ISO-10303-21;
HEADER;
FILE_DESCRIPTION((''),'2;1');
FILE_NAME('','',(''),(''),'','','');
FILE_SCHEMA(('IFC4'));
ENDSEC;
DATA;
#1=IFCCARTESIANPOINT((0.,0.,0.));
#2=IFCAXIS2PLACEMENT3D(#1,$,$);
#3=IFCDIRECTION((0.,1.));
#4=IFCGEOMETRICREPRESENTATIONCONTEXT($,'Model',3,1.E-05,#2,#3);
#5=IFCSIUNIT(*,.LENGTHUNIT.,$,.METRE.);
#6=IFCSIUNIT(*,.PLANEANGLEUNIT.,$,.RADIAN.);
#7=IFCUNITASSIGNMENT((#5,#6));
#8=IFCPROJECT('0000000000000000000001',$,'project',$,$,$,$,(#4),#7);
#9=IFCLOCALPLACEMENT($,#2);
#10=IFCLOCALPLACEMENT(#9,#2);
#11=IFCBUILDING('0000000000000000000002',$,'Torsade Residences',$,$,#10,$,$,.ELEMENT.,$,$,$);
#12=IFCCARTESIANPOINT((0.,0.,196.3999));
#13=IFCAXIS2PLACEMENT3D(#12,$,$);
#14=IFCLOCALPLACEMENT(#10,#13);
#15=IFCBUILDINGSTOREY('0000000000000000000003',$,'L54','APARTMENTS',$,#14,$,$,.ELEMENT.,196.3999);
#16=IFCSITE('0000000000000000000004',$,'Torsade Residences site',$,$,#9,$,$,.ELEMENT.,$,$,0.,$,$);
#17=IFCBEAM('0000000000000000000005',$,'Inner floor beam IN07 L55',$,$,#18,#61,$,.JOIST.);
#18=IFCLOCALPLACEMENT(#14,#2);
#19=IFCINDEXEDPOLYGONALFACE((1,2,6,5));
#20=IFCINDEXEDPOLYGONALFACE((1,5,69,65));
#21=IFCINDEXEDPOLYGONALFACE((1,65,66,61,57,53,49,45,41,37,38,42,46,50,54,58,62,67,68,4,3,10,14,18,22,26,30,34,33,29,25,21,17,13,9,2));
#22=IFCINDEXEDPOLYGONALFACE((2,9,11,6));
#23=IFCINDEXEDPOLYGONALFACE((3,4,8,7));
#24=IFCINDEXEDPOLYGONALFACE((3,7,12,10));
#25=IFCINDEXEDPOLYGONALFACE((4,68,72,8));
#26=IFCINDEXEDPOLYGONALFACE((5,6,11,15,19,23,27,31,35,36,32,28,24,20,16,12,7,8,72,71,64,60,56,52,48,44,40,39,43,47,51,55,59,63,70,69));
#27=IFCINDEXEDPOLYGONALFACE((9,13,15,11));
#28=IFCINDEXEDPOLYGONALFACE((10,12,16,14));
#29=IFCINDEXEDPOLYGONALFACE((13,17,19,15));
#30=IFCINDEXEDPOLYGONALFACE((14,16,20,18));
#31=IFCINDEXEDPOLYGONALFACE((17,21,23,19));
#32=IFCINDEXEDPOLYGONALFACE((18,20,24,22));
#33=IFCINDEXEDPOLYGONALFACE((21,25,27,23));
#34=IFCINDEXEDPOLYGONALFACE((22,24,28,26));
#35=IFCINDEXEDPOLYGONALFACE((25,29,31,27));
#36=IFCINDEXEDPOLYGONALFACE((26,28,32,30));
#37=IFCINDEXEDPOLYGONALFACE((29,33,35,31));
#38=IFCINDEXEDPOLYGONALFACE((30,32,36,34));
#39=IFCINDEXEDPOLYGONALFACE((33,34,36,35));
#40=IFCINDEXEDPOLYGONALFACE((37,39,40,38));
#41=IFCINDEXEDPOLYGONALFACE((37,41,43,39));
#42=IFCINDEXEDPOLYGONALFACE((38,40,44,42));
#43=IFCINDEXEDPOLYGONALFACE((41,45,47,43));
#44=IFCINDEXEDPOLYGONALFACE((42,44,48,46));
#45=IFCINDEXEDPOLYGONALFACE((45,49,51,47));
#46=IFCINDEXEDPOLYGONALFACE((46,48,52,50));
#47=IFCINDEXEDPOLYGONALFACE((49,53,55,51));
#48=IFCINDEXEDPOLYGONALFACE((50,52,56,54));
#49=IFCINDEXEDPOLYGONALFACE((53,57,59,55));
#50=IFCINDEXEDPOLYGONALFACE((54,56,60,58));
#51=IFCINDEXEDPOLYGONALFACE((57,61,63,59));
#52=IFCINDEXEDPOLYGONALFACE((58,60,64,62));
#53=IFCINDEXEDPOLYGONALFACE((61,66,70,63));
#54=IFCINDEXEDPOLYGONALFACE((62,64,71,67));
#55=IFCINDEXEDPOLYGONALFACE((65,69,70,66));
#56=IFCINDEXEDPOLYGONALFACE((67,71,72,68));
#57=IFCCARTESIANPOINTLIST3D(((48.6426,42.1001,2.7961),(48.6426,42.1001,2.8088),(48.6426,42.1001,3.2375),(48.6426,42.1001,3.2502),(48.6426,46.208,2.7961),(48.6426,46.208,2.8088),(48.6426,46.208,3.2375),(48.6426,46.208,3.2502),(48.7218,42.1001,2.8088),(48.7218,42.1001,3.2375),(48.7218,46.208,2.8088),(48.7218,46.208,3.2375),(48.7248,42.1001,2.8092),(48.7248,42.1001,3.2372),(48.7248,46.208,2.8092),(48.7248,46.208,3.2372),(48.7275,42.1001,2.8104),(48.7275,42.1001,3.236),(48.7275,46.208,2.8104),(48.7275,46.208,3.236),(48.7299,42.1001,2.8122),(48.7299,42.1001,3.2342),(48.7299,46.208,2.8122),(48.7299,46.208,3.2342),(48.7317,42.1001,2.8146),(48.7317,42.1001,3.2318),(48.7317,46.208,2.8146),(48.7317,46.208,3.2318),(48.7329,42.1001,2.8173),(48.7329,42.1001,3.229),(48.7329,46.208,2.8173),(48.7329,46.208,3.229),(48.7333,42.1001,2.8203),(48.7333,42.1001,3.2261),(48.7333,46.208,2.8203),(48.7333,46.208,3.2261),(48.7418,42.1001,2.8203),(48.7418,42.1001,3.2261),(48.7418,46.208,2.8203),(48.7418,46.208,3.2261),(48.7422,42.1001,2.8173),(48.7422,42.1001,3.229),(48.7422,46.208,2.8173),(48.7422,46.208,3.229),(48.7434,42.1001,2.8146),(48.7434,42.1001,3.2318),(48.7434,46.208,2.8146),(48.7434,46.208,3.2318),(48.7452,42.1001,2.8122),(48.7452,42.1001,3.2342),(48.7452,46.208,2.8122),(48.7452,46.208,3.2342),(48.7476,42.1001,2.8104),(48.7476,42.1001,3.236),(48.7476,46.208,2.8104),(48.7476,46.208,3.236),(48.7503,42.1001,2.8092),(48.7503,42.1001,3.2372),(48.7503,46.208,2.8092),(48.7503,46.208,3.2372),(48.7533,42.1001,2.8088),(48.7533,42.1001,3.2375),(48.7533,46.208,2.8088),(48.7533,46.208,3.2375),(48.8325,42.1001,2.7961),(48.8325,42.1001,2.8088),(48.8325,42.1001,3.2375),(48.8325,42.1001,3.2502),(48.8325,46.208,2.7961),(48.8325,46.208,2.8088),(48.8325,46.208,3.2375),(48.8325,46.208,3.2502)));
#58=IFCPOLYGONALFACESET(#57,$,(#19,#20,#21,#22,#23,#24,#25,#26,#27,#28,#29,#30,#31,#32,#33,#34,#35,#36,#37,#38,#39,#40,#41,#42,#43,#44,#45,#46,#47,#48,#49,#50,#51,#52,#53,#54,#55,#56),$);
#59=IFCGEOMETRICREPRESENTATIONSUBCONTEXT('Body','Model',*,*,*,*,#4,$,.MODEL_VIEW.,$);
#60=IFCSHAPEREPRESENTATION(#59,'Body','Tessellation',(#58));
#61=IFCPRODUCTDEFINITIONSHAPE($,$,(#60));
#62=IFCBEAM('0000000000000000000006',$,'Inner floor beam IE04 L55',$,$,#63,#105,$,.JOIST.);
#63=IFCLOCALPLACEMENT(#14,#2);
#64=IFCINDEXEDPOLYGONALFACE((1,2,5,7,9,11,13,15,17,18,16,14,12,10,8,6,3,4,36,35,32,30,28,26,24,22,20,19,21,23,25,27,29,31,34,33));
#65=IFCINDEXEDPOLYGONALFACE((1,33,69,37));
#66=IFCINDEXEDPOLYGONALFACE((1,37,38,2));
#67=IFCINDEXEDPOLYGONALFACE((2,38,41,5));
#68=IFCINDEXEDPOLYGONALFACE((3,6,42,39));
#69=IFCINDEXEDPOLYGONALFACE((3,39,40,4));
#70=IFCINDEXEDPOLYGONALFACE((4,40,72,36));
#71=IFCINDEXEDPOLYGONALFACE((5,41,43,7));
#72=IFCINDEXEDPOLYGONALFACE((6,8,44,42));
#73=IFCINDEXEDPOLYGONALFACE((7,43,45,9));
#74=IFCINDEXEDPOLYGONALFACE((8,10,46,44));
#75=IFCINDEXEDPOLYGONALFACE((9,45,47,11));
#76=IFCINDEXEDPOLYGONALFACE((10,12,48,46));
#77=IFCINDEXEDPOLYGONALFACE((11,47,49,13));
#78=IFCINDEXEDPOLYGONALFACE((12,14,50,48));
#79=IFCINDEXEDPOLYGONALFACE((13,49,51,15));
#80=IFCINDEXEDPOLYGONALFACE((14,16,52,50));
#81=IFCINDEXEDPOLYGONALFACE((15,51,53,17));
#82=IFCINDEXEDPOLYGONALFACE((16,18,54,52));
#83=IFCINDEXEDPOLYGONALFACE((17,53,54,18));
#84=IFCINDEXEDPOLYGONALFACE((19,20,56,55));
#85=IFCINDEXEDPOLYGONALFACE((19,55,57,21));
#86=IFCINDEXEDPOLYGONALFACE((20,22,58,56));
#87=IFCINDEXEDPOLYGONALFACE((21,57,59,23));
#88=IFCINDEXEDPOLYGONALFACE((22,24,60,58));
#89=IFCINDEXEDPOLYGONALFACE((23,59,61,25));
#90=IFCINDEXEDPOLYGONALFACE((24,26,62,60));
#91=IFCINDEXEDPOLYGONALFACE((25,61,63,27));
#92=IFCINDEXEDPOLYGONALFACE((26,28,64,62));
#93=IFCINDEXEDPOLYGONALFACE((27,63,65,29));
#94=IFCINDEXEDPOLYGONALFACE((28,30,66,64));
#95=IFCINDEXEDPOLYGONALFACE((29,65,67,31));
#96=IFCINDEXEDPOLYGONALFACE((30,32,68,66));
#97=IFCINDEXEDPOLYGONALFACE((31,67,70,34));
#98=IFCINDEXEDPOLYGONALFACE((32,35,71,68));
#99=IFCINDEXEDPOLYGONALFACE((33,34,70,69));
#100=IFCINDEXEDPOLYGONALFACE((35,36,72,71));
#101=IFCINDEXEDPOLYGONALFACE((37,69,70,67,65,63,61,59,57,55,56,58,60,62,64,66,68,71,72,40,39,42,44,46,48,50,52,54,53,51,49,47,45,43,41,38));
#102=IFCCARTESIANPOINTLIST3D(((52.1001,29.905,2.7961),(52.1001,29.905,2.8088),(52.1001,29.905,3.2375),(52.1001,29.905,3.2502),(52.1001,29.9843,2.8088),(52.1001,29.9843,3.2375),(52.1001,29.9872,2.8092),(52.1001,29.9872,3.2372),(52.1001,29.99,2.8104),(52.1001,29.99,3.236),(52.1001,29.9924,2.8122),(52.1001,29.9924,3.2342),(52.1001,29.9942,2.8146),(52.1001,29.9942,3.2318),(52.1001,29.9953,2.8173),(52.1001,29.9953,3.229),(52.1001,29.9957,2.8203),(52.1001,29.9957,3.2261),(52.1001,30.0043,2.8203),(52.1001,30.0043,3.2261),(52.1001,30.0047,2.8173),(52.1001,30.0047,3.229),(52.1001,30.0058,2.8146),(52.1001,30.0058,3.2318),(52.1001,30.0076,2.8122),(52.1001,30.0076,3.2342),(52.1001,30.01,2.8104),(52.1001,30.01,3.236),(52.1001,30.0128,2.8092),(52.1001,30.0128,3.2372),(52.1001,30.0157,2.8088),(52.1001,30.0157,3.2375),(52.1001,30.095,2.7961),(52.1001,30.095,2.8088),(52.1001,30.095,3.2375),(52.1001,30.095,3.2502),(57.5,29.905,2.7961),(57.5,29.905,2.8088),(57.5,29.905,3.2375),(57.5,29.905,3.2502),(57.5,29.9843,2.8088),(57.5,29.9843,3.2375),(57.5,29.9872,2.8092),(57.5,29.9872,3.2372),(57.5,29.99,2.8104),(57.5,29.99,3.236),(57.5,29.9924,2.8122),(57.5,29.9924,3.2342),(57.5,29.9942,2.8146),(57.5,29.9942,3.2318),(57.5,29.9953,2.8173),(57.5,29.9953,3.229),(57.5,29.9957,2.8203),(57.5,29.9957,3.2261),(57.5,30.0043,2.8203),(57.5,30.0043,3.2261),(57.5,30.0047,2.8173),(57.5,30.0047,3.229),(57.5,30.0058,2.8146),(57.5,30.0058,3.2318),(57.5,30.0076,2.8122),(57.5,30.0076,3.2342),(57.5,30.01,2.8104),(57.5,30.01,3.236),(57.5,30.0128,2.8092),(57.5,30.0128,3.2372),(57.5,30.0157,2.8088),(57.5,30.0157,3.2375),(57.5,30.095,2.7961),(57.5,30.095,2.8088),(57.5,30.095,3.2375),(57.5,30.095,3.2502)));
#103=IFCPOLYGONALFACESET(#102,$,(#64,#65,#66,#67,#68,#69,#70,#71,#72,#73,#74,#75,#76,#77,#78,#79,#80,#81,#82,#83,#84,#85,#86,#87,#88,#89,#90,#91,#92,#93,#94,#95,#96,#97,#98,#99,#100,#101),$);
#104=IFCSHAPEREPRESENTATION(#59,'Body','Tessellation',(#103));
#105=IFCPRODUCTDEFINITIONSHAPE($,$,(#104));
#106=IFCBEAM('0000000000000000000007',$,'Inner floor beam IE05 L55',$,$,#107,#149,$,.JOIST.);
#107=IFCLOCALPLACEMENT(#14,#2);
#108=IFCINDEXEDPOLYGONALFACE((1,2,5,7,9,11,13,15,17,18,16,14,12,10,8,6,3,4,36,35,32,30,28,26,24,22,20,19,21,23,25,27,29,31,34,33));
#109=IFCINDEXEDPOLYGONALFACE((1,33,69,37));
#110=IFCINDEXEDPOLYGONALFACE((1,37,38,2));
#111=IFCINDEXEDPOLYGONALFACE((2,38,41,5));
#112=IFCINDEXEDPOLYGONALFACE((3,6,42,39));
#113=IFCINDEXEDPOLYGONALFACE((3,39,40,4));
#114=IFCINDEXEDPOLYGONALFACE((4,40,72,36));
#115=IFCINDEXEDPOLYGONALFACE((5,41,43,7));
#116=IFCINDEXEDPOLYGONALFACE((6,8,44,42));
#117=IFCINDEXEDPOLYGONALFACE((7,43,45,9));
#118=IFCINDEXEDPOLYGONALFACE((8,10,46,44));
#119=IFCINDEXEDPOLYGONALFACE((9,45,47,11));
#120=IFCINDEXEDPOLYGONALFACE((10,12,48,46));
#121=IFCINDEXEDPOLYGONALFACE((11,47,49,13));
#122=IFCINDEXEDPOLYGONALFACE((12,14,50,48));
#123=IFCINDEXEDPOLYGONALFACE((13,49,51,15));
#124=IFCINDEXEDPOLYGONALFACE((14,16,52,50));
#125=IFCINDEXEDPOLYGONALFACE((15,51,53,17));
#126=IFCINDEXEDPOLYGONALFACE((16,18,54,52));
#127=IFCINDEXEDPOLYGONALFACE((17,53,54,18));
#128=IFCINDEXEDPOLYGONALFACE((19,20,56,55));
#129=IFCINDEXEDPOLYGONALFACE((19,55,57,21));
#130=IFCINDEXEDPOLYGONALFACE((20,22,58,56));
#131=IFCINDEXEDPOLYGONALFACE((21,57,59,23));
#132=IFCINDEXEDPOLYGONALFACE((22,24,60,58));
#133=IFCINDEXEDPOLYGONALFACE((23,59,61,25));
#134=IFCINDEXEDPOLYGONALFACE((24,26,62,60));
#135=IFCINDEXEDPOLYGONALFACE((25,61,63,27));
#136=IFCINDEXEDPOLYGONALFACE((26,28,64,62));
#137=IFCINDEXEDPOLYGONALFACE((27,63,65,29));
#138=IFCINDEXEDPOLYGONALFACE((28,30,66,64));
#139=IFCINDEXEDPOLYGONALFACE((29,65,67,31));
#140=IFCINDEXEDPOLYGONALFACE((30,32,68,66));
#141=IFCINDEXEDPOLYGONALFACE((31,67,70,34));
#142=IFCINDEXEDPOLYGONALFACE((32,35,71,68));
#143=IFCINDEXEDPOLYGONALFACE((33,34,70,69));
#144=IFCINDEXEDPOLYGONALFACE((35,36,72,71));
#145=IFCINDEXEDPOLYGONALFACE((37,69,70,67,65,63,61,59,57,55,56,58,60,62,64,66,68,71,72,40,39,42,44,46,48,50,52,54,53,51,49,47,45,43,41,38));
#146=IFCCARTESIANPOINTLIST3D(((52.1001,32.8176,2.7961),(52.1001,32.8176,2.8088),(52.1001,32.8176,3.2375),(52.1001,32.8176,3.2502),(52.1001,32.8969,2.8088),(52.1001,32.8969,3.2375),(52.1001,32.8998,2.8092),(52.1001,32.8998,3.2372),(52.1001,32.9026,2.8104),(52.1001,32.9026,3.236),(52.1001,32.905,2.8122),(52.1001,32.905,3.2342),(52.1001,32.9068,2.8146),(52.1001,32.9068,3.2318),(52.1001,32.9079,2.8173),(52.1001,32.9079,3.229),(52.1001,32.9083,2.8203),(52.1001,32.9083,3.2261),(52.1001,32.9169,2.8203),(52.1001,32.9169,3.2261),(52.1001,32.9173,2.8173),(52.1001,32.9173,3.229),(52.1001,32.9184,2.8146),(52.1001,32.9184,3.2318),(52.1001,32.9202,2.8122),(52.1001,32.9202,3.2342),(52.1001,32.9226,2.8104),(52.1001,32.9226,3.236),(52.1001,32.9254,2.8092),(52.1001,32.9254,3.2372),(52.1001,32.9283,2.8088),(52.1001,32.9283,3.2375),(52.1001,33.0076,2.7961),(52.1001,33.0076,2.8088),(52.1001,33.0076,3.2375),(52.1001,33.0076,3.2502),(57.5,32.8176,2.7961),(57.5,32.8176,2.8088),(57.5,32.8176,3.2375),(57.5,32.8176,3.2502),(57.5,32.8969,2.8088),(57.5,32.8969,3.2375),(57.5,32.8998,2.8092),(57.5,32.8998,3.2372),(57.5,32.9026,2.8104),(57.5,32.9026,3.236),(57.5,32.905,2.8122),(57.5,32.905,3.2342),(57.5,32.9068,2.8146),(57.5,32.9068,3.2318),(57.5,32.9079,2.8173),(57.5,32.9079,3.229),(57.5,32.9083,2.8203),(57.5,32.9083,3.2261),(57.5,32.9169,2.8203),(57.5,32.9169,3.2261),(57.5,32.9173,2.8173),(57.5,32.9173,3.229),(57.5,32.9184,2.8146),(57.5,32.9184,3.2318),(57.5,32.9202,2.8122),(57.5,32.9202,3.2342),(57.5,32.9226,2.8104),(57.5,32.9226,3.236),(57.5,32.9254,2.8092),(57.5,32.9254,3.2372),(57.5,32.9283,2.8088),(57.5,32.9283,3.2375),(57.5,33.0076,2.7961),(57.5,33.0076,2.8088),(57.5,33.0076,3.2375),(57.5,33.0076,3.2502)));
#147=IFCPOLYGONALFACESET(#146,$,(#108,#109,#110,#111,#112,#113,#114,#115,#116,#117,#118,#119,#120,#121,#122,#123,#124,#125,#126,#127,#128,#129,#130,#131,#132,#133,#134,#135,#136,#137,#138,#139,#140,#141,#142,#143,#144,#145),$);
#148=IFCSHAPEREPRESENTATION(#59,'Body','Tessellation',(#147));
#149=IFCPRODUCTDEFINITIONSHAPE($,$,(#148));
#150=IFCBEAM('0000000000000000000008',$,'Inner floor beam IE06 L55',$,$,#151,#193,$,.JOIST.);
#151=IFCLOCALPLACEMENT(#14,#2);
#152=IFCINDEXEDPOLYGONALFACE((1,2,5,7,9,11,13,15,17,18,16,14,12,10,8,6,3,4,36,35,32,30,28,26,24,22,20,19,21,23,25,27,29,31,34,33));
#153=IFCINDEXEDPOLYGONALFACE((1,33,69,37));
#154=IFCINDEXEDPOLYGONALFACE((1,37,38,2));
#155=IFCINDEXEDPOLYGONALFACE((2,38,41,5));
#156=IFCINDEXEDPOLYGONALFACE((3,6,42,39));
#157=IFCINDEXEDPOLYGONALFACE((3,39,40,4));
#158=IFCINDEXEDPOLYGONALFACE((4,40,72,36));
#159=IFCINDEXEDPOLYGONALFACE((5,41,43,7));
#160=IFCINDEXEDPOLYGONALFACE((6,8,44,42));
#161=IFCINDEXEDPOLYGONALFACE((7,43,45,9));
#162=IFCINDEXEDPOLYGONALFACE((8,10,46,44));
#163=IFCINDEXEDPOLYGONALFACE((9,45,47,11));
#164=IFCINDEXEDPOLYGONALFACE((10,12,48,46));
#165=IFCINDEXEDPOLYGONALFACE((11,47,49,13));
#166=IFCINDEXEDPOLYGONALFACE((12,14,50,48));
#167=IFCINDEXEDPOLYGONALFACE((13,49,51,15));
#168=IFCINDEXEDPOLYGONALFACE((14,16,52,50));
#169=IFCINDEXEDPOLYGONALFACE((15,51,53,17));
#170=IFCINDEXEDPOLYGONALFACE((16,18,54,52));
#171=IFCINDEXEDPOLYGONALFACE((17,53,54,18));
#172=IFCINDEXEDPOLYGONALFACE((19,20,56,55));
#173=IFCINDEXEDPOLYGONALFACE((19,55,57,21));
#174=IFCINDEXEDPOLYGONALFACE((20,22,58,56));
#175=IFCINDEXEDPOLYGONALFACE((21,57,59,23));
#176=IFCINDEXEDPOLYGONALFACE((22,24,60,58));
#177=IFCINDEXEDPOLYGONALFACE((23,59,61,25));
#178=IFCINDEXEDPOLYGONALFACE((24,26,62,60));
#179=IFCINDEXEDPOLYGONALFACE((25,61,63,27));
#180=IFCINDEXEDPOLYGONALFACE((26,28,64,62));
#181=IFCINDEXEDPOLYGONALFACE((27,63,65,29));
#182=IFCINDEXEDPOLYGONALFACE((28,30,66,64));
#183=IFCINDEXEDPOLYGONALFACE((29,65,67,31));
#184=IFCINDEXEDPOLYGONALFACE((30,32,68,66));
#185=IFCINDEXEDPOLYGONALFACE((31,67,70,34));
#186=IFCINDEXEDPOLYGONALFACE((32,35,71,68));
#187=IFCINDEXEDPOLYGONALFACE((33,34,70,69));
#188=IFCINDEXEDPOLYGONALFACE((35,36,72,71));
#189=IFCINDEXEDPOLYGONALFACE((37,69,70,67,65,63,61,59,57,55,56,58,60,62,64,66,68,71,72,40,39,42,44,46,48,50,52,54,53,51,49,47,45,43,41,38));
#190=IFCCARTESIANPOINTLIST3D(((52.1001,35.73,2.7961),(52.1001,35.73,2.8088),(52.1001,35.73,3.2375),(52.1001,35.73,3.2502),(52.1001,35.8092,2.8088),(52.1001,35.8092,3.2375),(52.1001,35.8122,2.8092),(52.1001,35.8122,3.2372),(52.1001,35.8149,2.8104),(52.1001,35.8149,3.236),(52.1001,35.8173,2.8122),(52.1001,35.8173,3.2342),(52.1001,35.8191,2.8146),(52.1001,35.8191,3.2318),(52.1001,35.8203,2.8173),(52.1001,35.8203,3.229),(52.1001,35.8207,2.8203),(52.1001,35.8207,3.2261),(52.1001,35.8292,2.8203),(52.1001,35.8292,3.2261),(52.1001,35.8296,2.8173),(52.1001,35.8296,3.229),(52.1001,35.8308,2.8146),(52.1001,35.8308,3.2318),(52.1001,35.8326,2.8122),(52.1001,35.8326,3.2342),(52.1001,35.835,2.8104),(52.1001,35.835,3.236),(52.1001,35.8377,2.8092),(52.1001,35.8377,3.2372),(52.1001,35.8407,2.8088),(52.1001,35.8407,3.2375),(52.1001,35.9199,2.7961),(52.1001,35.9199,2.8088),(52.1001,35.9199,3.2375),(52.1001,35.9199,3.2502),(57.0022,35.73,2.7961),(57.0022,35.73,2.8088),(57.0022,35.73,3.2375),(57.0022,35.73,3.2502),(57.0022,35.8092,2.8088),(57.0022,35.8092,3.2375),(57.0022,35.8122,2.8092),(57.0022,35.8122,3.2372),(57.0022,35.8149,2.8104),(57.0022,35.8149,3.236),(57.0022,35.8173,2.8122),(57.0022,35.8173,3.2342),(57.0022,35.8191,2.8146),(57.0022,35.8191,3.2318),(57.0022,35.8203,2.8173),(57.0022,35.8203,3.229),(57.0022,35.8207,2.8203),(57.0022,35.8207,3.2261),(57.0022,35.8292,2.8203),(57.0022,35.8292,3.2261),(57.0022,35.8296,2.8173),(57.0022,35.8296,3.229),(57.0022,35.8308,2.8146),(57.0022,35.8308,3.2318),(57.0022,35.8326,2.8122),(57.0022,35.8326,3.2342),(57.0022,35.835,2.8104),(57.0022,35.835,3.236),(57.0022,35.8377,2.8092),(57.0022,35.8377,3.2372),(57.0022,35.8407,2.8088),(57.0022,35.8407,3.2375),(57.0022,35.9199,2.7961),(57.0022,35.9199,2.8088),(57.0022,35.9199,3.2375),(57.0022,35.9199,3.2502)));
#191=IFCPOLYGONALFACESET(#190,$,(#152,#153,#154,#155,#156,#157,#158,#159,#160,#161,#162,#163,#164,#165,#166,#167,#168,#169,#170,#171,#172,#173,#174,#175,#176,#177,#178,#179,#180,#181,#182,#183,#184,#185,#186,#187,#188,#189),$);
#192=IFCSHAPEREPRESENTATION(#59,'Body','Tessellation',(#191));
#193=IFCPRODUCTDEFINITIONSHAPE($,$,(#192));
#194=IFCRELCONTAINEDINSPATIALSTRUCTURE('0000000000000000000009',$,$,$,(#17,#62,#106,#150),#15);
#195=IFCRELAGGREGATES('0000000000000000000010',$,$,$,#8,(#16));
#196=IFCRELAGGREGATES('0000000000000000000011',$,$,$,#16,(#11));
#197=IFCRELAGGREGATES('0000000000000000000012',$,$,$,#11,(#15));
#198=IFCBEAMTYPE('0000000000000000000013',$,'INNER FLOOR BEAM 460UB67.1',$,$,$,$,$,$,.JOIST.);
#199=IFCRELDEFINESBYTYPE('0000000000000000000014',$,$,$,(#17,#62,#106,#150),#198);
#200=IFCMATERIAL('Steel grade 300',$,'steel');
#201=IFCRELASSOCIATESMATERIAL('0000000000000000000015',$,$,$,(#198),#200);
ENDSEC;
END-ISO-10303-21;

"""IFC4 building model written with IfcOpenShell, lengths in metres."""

from ifc_helpers import new_model, si_unit, direction, frame, origin, origin_2d, place, context, subcontext, project, spatial, i_section, extrude, material, material_profile, profile_set, type_object, element, save


model = new_model("IFC4")

# Units and contexts
model_context = context("Model", 3, precision=1e-05, world=origin(), true_north=direction((0.0, 1.0)))
body_context = subcontext(model_context, "Body", "Model", "MODEL_VIEW")
ifc_project = project(units=[si_unit("LENGTHUNIT", "METRE"), si_unit("PLANEANGLEUNIT", "RADIAN")], contexts=[model_context])

# Site, building, storey
site_placement = place(None, origin())
site = spatial("IfcSite", under=ifc_project, at=site_placement, Name="Torsade Residences site", CompositionType="ELEMENT", RefElevation=0.0)
building_placement = place(site_placement, origin())
building = spatial("IfcBuilding", under=site, at=building_placement, Name="Torsade Residences", CompositionType="ELEMENT")
storey_placement = place(building_placement, frame((0.0, 0.0, 196.3999)))
storey = spatial("IfcBuildingStorey", under=building, at=storey_placement, Name="L54", Description="APARTMENTS", CompositionType="ELEMENT", Elevation=196.3999)

# Beams
ifc_material_1 = material(Name="Steel grade 300", Category="steel")
ifc_material_profile_1 = material_profile(ifc_material_1, i_section(OverallWidth=0.1899, OverallDepth=0.4541, WebThickness=0.0085, FlangeThickness=0.0127, FilletRadius=0.0115, at=origin_2d()), Name="460UB67.1")
ifc_profile_set_1 = profile_set([ifc_material_profile_1], Name="Steel grade 300")
beam_type_1 = type_object("IfcBeamType", Name="INNER FLOOR BEAM 460UB67.1", PredefinedType="JOIST", material=ifc_profile_set_1)
beam_1_placement = place(storey_placement, frame((48.7375, 42.1001, 3.0232), z_axis=(0.0, 1.0, 0.0), x_axis=(-1.0, 0.0, 0.0)))
element("IfcBeam", 1, at=beam_1_placement, inside=storey, type_object=beam_type_1, Name="Inner floor beam IN07 L55", PredefinedType="JOIST", context=body_context, shape_type="SweptSolid", body=[
    extrude(i_section(OverallWidth=0.1899, OverallDepth=0.4541, WebThickness=0.0085, FlangeThickness=0.0127, FilletRadius=0.0115, at=origin_2d()), origin(), (0.0, 0.0, 1.0), 4.1079),
])
for number, where, z_axis, x_axis, name in (
    (2, (52.1001, 30.0, 3.0232), (1.0, 0.0, 0.0), (0.0, 1.0, 0.0), "Inner floor beam IE04 L55"),
    (3, (52.1001, 32.9126, 3.0232), (1.0, 0.0, 0.0), (0.0, 1.0, 0.0), "Inner floor beam IE05 L55"),
):
    element("IfcBeam", number, at=place(storey_placement, frame(where, z_axis=z_axis, x_axis=x_axis)), inside=storey, type_object=beam_type_1, Name=name, PredefinedType="JOIST", context=body_context, shape_type="SweptSolid", body=[
        extrude(i_section(OverallWidth=0.1899, OverallDepth=0.4541, WebThickness=0.0085, FlangeThickness=0.0127, FilletRadius=0.0115, at=origin_2d()), origin(), (0.0, 0.0, 1.0), 5.3999),
    ])
beam_2_placement = place(storey_placement, frame((52.1001, 35.825, 3.0232), z_axis=(1.0, 0.0, 0.0), x_axis=(0.0, 1.0, 0.0)))
element("IfcBeam", 4, at=beam_2_placement, inside=storey, type_object=beam_type_1, Name="Inner floor beam IE06 L55", PredefinedType="JOIST", context=body_context, shape_type="SweptSolid", body=[
    extrude(i_section(OverallWidth=0.1899, OverallDepth=0.4541, WebThickness=0.0085, FlangeThickness=0.0127, FilletRadius=0.0115, at=origin_2d()), origin(), (0.0, 0.0, 1.0), 4.9021),
])

save(model, "model.ifc")
